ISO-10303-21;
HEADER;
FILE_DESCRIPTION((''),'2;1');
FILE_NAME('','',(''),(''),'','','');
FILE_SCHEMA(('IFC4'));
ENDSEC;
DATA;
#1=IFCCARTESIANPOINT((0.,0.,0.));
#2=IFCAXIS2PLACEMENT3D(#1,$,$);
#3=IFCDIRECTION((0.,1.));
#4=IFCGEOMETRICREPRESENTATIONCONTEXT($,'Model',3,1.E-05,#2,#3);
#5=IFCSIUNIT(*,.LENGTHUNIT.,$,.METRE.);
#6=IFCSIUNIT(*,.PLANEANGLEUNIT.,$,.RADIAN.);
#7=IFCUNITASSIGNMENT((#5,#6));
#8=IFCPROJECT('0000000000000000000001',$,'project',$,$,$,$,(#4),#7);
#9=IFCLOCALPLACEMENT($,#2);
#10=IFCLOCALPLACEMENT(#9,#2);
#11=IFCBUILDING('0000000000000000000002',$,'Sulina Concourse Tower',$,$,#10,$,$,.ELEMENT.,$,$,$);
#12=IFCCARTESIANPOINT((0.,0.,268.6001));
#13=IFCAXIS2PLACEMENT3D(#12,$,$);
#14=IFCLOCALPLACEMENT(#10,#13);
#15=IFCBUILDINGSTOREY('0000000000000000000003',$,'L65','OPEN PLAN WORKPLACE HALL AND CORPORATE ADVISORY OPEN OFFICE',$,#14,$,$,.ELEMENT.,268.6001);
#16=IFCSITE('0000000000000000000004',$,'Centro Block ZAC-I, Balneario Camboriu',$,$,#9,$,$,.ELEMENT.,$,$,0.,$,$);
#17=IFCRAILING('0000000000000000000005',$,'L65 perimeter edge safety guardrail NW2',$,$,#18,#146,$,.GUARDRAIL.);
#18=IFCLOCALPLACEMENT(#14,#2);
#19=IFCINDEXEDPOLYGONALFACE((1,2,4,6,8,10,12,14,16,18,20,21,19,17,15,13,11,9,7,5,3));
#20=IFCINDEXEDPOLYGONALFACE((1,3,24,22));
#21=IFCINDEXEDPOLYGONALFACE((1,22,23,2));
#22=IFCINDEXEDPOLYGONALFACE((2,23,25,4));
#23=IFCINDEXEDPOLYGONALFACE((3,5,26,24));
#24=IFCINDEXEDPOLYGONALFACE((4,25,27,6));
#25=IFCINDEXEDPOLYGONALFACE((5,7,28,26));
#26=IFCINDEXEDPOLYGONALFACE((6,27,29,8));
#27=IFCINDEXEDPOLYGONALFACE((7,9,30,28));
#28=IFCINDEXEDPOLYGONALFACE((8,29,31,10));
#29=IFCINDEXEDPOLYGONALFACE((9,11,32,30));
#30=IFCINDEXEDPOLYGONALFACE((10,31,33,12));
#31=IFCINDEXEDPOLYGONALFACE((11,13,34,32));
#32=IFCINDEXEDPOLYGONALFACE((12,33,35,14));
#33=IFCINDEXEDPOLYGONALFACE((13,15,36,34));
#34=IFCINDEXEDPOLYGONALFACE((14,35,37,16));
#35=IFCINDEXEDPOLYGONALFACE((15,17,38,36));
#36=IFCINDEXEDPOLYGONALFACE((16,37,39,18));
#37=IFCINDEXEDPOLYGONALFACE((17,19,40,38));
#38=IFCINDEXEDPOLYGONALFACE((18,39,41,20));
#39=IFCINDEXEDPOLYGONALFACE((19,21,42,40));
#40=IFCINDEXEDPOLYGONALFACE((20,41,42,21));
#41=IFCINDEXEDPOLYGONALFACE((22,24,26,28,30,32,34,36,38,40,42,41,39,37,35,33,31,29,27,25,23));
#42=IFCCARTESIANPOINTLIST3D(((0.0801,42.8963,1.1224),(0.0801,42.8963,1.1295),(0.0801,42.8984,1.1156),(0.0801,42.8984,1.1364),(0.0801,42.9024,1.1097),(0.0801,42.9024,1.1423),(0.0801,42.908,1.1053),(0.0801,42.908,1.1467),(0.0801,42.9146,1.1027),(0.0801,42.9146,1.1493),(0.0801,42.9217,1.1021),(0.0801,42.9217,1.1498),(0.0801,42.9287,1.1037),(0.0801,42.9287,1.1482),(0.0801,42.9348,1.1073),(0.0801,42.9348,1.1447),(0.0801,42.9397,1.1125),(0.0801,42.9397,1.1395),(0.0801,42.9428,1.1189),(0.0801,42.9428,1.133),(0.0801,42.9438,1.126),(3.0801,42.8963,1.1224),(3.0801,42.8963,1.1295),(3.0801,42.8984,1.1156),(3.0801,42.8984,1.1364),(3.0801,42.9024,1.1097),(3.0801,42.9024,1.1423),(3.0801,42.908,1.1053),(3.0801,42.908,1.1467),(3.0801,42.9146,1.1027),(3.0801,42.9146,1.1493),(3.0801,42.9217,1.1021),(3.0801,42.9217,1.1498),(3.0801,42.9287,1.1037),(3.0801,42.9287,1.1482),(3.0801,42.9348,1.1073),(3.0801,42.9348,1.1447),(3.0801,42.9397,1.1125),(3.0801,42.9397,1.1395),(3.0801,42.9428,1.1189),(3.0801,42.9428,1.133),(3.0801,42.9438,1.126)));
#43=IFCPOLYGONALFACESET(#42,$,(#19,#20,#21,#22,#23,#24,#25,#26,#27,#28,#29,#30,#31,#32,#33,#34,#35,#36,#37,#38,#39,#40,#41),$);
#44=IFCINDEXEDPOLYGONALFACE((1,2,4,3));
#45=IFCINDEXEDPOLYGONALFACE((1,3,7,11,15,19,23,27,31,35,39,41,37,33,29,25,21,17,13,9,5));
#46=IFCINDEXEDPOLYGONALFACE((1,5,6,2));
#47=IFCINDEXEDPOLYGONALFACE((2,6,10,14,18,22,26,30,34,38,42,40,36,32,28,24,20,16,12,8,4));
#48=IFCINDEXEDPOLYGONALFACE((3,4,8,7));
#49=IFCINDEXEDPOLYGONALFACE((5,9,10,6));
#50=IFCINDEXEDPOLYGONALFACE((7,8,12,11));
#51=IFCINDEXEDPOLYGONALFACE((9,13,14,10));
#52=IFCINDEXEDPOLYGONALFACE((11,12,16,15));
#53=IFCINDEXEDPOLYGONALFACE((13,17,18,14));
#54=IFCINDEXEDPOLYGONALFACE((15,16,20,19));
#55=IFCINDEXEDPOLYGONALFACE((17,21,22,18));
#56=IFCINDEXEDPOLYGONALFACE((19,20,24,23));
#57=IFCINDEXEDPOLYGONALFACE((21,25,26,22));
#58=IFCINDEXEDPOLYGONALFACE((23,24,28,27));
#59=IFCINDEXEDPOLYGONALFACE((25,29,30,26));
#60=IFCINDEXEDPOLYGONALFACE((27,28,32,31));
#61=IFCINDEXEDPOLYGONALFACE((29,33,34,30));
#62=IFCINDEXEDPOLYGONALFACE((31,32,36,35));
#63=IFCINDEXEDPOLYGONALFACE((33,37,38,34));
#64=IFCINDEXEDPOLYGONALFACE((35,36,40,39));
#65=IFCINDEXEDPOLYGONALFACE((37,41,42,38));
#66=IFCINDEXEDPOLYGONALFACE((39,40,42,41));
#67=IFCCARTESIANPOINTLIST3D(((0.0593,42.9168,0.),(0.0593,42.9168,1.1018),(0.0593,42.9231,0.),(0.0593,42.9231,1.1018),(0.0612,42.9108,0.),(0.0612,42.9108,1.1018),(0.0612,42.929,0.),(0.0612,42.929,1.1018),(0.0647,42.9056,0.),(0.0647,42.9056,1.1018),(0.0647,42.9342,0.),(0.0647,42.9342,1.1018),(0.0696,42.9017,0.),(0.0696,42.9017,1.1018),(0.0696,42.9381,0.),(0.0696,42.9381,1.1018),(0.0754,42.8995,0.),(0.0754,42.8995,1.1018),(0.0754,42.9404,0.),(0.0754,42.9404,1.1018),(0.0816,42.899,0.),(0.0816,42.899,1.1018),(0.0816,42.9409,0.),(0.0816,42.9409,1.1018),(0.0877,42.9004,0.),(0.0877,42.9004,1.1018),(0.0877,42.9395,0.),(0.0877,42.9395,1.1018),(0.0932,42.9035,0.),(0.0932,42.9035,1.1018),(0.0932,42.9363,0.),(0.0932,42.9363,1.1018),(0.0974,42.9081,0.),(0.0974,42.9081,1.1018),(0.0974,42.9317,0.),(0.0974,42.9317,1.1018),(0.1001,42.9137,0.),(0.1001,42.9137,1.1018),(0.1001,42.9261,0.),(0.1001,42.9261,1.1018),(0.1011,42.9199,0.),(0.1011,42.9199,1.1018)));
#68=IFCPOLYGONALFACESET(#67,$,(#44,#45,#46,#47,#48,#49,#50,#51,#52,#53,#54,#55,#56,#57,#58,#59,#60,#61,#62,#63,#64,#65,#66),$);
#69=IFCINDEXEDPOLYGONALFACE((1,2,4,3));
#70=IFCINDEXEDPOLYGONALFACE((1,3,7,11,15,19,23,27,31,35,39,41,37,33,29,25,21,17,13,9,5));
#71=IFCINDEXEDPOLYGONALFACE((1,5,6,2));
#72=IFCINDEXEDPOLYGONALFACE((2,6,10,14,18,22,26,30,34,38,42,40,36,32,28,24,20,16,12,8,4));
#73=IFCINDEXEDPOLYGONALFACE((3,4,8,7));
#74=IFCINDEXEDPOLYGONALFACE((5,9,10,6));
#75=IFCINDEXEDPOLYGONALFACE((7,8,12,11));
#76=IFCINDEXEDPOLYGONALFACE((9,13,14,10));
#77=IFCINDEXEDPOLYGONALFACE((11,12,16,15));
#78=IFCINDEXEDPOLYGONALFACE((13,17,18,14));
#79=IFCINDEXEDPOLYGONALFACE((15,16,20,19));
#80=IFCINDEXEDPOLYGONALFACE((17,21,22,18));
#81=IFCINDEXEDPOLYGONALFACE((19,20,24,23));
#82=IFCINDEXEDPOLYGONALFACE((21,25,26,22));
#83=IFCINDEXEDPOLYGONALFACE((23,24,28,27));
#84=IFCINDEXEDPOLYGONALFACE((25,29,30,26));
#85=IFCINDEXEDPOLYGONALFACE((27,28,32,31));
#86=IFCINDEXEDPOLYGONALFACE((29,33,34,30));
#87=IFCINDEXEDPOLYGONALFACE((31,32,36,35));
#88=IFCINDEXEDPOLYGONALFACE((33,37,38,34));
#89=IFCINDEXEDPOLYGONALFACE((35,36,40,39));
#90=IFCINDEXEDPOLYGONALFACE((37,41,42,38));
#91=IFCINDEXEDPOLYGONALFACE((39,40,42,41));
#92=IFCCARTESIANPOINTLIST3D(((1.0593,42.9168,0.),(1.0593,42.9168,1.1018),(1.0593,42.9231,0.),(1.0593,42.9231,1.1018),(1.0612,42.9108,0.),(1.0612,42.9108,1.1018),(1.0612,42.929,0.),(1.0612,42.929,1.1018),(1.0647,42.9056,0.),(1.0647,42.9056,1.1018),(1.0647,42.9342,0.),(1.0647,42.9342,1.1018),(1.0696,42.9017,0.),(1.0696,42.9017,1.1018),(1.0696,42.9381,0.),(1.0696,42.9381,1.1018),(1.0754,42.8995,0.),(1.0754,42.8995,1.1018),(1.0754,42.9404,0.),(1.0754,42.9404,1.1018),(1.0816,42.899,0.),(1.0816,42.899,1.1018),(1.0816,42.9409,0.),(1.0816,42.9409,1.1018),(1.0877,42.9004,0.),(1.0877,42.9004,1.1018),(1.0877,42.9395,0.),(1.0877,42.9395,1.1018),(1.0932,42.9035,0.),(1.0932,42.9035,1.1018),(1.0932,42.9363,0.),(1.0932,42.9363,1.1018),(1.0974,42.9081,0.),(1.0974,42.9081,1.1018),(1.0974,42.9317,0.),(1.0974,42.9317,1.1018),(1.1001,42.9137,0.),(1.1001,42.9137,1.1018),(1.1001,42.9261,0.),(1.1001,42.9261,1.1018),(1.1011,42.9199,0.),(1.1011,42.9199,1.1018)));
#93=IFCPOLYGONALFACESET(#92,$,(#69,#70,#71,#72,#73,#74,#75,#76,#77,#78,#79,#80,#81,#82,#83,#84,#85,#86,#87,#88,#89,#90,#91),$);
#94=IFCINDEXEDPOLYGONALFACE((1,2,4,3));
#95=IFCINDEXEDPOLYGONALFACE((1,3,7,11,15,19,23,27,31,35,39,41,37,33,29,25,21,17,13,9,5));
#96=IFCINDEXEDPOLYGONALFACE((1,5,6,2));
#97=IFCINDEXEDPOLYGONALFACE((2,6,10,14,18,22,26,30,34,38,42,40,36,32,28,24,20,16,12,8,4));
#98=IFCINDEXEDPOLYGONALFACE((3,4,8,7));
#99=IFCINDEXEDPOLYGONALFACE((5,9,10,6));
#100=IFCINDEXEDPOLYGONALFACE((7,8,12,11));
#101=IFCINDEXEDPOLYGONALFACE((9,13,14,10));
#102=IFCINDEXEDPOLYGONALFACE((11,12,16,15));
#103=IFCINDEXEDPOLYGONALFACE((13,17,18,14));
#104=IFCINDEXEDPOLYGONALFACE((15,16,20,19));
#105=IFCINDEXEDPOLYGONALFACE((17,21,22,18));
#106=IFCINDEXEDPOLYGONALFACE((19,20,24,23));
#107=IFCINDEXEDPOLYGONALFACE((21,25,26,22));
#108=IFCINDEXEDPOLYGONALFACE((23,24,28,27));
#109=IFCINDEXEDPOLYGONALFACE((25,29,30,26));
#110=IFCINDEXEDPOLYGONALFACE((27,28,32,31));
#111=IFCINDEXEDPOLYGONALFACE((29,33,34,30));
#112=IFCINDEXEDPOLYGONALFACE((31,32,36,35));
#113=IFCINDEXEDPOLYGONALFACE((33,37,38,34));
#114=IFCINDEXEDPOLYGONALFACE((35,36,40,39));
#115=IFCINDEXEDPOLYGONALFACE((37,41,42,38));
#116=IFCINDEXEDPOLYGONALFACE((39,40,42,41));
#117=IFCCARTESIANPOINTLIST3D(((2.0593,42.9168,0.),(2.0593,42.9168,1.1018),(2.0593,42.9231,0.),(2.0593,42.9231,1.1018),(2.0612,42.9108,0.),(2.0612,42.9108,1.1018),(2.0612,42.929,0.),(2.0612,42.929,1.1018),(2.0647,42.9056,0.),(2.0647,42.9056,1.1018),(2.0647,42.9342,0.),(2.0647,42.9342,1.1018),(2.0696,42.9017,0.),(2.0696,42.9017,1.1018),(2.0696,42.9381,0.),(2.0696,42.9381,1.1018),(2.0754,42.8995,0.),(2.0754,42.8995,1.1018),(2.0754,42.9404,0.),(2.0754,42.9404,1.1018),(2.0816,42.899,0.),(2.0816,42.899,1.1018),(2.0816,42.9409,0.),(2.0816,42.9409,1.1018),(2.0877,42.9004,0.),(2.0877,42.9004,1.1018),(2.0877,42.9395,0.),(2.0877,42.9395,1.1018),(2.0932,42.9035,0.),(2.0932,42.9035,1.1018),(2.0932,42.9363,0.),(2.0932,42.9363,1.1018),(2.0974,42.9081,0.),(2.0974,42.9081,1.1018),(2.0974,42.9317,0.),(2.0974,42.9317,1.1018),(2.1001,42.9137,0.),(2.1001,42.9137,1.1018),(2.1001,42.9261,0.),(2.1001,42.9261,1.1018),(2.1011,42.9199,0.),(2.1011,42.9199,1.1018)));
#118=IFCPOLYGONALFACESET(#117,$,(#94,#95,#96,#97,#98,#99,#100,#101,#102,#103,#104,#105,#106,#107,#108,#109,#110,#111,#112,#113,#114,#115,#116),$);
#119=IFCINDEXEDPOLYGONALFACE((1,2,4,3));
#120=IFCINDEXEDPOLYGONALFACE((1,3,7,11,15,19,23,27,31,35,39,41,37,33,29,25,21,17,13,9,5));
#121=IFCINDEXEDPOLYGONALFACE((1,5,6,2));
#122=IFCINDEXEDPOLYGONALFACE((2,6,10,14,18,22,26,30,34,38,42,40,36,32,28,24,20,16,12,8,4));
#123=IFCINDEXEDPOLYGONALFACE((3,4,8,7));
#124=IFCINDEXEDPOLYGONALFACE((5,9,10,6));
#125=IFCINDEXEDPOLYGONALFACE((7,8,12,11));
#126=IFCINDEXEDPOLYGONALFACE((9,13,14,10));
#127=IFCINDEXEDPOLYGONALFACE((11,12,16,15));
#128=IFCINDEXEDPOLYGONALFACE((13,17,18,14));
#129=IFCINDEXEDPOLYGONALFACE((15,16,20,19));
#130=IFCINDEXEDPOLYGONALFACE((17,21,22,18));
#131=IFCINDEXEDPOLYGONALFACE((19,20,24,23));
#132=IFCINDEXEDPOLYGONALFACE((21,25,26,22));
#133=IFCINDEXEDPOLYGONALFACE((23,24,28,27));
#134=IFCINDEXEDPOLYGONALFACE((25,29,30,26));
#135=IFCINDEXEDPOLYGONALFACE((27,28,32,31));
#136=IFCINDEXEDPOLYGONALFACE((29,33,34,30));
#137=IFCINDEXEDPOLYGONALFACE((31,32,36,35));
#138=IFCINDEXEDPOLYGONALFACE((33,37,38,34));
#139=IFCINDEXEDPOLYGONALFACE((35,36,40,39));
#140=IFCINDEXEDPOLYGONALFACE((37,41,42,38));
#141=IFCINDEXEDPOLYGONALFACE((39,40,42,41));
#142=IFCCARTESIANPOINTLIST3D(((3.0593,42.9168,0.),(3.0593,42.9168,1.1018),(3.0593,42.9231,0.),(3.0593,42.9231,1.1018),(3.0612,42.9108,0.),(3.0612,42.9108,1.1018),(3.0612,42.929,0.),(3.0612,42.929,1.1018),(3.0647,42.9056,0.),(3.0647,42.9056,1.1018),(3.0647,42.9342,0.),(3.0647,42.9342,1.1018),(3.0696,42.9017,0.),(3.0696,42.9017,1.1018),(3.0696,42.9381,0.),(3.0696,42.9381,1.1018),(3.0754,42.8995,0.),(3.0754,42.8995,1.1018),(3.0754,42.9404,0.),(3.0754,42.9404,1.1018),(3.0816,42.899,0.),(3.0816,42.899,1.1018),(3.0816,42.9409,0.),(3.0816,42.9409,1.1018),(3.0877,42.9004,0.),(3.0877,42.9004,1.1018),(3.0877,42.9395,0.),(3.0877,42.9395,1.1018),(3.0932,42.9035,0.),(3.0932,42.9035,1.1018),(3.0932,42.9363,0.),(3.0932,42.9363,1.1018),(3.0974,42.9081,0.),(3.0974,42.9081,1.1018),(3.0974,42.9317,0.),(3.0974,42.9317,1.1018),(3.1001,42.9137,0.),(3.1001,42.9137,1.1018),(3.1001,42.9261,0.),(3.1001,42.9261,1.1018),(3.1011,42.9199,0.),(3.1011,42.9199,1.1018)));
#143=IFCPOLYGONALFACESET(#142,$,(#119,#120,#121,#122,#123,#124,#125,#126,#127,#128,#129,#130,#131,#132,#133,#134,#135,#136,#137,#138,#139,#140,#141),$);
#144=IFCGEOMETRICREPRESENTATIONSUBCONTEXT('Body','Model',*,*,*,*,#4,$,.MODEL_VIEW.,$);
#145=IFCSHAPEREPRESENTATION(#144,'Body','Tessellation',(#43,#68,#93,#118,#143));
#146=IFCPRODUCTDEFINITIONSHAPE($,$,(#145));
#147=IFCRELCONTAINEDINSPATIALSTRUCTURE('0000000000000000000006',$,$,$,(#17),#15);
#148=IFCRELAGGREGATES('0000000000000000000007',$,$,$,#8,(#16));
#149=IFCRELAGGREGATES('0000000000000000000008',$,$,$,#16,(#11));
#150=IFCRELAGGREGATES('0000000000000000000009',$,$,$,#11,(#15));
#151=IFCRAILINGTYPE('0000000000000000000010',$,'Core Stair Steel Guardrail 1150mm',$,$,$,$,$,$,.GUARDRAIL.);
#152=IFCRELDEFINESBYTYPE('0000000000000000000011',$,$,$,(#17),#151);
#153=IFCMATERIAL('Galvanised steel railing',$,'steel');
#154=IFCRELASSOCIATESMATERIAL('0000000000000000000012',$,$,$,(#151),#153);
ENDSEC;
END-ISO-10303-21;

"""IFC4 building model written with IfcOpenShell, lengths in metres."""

from ifc_helpers import new_model, si_unit, direction, frame, origin, origin_2d, place, context, subcontext, project, spatial, circle, extrude, material, type_object, element, save


model = new_model("IFC4")

# Units and contexts
model_context = context("Model", 3, precision=1e-05, world=origin(), true_north=direction((0.0, 1.0)))
body_context = subcontext(model_context, "Body", "Model", "MODEL_VIEW")
ifc_project = project(units=[si_unit("LENGTHUNIT", "METRE"), si_unit("PLANEANGLEUNIT", "RADIAN")], contexts=[model_context])

# Site, building, storey
site_placement = place(None, origin())
site = spatial("IfcSite", under=ifc_project, at=site_placement, Name="Centro Block ZAC-I, Balneario Camboriu", CompositionType="ELEMENT", RefElevation=0.0)
building_placement = place(site_placement, origin())
building = spatial("IfcBuilding", under=site, at=building_placement, Name="Sulina Concourse Tower", CompositionType="ELEMENT")
storey_placement = place(building_placement, frame((0.0, 0.0, 268.6001)))
storey = spatial("IfcBuildingStorey", under=building, at=storey_placement, Name="L65", Description="OPEN PLAN WORKPLACE HALL AND CORPORATE ADVISORY OPEN OFFICE", CompositionType="ELEMENT", Elevation=268.6001)

# Railing
ifc_material_1 = material(Name="Galvanised steel railing", Category="steel")
railing_type_1 = type_object("IfcRailingType", Name="Core Stair Steel Guardrail 1150mm", PredefinedType="GUARDRAIL", material=ifc_material_1)
railing_1_placement = place(storey_placement, frame((0.0801, 42.9199, 0.0)))
element("IfcRailing", 1, at=railing_1_placement, inside=storey, type_object=railing_type_1, Name="L65 perimeter edge safety guardrail NW2", PredefinedType="GUARDRAIL", context=body_context, shape_type="SweptSolid", body=[
    extrude(circle(Radius=0.0239, at=origin_2d()), frame((0.0, 0.0, 1.126), z_axis=(1.0, 0.0, 0.0), x_axis=(0.0, 1.0, 0.0)), (0.0, 0.0, 1.0), 3.0),
    extrude(circle(Radius=0.021, at=origin_2d()), origin(), (0.0, 0.0, 1.0), 1.1018),
    extrude(circle(Radius=0.021, at=origin_2d()), frame((1.0, 0.0, 0.0)), (0.0, 0.0, 1.0), 1.1018),
    extrude(circle(Radius=0.021, at=origin_2d()), frame((2.0, 0.0, 0.0)), (0.0, 0.0, 1.0), 1.1018),
    extrude(circle(Radius=0.021, at=origin_2d()), frame((3.0, 0.0, 0.0)), (0.0, 0.0, 1.0), 1.1018),
])

save(model, "model.ifc")
